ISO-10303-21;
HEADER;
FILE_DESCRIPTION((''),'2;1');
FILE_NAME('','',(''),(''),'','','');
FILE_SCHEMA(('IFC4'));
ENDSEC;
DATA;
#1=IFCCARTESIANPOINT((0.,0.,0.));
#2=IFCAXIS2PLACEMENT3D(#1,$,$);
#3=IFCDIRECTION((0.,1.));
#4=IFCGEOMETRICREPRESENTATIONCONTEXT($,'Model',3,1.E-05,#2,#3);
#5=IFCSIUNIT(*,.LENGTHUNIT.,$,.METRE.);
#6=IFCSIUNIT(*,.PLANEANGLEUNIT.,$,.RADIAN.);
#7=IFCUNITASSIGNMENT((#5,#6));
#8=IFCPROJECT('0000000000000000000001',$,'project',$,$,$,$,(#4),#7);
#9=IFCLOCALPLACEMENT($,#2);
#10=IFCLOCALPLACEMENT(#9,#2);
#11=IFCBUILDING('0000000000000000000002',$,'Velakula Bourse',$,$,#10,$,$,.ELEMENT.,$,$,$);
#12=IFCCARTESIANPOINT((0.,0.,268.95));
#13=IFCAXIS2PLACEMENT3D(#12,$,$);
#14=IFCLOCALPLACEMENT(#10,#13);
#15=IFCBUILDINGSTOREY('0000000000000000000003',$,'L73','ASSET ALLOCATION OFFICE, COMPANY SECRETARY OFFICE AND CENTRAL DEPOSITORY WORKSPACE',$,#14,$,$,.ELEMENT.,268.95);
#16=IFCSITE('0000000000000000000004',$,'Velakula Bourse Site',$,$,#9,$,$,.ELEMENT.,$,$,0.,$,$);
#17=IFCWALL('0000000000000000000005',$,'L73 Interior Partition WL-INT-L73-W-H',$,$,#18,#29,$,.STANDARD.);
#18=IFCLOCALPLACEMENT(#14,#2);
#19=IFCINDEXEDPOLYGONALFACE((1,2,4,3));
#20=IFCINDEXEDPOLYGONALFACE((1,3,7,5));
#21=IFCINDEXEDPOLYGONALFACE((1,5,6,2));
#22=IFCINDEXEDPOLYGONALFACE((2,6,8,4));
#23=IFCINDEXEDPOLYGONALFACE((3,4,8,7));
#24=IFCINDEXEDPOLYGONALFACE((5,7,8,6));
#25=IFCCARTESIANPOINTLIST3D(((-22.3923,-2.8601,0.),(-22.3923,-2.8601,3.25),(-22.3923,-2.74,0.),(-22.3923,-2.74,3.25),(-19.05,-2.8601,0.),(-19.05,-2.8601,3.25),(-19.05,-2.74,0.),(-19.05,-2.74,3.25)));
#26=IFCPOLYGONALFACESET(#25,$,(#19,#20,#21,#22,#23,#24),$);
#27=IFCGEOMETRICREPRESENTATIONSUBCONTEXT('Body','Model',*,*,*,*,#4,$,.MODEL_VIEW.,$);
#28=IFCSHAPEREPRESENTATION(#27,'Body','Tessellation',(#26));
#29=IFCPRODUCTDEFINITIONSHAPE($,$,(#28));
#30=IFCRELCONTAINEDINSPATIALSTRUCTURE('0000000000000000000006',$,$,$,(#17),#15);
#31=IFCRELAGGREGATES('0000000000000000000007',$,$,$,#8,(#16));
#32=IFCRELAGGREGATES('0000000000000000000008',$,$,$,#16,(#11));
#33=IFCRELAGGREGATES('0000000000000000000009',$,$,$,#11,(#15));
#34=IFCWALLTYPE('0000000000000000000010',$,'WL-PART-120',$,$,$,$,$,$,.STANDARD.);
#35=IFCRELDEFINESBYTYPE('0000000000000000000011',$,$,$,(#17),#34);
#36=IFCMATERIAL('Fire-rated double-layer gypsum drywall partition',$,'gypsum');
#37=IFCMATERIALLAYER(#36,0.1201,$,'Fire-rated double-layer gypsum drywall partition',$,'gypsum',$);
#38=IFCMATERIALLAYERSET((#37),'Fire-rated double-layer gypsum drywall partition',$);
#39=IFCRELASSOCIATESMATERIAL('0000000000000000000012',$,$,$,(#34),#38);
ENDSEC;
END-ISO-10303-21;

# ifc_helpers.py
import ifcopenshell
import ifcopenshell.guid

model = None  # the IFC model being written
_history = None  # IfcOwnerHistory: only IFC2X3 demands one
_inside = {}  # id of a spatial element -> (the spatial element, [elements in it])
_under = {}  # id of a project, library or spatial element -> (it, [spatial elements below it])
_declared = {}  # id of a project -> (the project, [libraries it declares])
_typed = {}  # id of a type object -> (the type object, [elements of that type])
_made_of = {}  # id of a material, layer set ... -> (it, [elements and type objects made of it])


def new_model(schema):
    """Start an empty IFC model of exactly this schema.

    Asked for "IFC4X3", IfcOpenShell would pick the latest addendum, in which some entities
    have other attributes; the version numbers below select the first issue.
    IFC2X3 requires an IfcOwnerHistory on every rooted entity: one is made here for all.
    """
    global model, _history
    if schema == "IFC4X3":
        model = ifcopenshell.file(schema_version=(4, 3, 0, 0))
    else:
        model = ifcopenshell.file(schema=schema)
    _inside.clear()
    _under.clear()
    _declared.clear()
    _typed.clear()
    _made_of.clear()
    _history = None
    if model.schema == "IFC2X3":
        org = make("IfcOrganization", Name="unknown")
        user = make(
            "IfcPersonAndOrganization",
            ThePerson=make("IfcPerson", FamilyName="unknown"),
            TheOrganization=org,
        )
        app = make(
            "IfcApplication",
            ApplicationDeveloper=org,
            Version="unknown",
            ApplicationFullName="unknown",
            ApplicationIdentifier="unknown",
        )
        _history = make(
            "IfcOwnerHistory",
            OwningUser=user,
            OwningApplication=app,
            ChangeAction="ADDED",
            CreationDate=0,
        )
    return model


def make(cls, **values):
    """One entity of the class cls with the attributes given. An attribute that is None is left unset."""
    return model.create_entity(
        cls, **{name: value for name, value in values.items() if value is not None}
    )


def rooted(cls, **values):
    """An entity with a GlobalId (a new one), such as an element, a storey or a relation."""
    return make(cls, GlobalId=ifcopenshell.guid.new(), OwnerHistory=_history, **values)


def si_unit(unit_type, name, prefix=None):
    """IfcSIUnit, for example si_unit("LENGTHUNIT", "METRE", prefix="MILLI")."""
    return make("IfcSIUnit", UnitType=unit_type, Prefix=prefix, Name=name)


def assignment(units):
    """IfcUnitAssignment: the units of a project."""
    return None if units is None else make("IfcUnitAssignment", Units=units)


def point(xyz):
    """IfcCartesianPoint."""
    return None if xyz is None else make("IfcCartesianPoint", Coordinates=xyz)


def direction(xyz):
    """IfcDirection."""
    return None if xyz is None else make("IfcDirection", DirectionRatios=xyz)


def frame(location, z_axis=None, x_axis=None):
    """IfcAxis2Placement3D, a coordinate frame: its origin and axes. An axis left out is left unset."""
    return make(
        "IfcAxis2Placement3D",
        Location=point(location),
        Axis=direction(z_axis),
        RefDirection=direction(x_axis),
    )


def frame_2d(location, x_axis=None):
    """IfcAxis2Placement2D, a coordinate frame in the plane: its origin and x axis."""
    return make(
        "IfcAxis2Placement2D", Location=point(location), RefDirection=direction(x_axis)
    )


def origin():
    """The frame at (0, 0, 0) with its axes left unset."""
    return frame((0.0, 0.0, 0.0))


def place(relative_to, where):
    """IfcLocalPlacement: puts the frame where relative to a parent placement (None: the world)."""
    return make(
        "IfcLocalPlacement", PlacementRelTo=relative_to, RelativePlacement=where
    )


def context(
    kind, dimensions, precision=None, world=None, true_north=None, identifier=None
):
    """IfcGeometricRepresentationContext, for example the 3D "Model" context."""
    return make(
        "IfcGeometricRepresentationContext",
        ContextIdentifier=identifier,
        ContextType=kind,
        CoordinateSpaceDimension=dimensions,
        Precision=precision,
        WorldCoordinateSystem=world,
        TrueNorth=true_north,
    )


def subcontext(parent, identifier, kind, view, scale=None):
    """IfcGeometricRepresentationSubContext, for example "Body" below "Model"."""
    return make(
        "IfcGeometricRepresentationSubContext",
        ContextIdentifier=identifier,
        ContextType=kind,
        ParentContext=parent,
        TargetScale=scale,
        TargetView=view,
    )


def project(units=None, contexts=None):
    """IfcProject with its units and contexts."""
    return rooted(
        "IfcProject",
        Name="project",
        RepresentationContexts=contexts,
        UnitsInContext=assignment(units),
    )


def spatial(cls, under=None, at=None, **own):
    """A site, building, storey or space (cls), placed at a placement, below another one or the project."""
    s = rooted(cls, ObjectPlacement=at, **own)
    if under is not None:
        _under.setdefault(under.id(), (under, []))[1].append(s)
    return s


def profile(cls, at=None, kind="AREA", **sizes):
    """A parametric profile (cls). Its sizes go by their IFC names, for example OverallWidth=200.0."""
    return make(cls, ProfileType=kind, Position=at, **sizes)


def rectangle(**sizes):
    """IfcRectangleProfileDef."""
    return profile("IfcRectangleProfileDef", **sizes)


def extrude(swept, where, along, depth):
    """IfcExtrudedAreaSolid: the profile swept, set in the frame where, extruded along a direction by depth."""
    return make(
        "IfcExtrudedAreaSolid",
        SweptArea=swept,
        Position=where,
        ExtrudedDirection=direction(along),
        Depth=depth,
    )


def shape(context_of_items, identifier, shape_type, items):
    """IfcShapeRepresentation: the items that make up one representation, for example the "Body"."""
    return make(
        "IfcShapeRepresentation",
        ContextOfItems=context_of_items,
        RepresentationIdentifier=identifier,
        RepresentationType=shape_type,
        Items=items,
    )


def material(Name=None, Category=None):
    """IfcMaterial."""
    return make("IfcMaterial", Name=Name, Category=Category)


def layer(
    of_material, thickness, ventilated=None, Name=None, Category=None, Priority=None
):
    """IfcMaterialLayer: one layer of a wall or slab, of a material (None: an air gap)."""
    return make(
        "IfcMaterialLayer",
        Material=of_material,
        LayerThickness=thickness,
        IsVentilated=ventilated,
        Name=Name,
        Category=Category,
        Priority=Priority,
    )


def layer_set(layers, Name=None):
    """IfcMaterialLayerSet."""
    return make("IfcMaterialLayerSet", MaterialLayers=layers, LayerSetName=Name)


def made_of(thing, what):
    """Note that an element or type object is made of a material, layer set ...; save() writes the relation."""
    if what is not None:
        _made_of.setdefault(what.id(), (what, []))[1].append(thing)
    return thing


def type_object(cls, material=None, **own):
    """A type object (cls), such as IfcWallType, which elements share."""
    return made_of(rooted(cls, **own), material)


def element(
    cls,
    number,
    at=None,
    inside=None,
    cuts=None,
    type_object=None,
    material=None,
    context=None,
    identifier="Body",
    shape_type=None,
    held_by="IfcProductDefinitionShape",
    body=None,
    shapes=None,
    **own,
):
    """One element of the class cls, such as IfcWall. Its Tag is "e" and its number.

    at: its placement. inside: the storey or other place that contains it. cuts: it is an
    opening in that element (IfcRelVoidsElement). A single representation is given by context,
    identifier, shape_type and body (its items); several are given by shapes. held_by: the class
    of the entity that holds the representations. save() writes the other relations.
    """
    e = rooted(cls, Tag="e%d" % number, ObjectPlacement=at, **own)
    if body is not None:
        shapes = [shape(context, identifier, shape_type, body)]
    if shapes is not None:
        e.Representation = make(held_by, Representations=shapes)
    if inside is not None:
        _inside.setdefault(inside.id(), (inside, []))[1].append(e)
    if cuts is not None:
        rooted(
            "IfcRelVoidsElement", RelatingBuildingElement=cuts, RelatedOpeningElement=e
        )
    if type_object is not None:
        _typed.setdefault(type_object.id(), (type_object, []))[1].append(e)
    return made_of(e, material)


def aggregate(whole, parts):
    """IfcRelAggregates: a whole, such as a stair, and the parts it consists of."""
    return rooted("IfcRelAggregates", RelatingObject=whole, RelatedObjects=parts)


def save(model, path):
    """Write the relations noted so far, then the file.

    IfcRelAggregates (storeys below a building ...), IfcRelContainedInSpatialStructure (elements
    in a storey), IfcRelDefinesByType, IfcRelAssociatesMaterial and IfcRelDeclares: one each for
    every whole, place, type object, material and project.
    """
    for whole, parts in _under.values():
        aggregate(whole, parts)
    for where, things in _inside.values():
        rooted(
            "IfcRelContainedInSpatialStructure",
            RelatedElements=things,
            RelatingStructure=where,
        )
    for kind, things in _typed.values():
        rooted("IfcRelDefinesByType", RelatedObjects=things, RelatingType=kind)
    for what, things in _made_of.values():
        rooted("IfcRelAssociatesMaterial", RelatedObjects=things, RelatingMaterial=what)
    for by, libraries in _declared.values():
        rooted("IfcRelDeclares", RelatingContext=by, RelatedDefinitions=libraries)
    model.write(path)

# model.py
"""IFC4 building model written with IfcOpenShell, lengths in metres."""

from ifc_helpers import new_model, si_unit, direction, frame, frame_2d, origin, place, context, subcontext, project, spatial, rectangle, extrude, material, layer, layer_set, type_object, element, save


model = new_model("IFC4")

# Units and contexts
model_context = context("Model", 3, precision=1e-05, world=origin(), true_north=direction((0.0, 1.0)))
body_context = subcontext(model_context, "Body", "Model", "MODEL_VIEW")
ifc_project = project(units=[si_unit("LENGTHUNIT", "METRE"), si_unit("PLANEANGLEUNIT", "RADIAN")], contexts=[model_context])

# Site, building, storey
site_placement = place(None, origin())
site = spatial("IfcSite", under=ifc_project, at=site_placement, Name="Velakula Bourse Site", CompositionType="ELEMENT", RefElevation=0.0)
building_placement = place(site_placement, origin())
building = spatial("IfcBuilding", under=site, at=building_placement, Name="Velakula Bourse", CompositionType="ELEMENT")
storey_placement = place(building_placement, frame((0.0, 0.0, 268.95)))
storey = spatial("IfcBuildingStorey", under=building, at=storey_placement, Name="L73", Description="ASSET ALLOCATION OFFICE, COMPANY SECRETARY OFFICE AND CENTRAL DEPOSITORY WORKSPACE", CompositionType="ELEMENT", Elevation=268.95)

# Wall
ifc_material_1 = material(Name="Fire-rated double-layer gypsum drywall partition", Category="gypsum")
ifc_layer_1 = layer(ifc_material_1, 0.1201, Name="Fire-rated double-layer gypsum drywall partition", Category="gypsum")
ifc_layer_set_1 = layer_set([ifc_layer_1], Name="Fire-rated double-layer gypsum drywall partition")
wall_type_1 = type_object("IfcWallType", Name="WL-PART-120", PredefinedType="STANDARD", material=ifc_layer_set_1)
wall_1_placement = place(storey_placement, frame((-22.3923, -2.8, 0.0), z_axis=(0.0, 0.0, 1.0), x_axis=(1.0, 0.0, 0.0)))
element("IfcWall", 1, at=wall_1_placement, inside=storey, type_object=wall_type_1, Name="L73 Interior Partition WL-INT-L73-W-H", PredefinedType="STANDARD", context=body_context, shape_type="SweptSolid", body=[
    extrude(rectangle(XDim=3.3423, YDim=0.1201, at=frame_2d((1.6711, 0.0))), origin(), (0.0, 0.0, 1.0), 3.25),
])

save(model, "model.ifc")
